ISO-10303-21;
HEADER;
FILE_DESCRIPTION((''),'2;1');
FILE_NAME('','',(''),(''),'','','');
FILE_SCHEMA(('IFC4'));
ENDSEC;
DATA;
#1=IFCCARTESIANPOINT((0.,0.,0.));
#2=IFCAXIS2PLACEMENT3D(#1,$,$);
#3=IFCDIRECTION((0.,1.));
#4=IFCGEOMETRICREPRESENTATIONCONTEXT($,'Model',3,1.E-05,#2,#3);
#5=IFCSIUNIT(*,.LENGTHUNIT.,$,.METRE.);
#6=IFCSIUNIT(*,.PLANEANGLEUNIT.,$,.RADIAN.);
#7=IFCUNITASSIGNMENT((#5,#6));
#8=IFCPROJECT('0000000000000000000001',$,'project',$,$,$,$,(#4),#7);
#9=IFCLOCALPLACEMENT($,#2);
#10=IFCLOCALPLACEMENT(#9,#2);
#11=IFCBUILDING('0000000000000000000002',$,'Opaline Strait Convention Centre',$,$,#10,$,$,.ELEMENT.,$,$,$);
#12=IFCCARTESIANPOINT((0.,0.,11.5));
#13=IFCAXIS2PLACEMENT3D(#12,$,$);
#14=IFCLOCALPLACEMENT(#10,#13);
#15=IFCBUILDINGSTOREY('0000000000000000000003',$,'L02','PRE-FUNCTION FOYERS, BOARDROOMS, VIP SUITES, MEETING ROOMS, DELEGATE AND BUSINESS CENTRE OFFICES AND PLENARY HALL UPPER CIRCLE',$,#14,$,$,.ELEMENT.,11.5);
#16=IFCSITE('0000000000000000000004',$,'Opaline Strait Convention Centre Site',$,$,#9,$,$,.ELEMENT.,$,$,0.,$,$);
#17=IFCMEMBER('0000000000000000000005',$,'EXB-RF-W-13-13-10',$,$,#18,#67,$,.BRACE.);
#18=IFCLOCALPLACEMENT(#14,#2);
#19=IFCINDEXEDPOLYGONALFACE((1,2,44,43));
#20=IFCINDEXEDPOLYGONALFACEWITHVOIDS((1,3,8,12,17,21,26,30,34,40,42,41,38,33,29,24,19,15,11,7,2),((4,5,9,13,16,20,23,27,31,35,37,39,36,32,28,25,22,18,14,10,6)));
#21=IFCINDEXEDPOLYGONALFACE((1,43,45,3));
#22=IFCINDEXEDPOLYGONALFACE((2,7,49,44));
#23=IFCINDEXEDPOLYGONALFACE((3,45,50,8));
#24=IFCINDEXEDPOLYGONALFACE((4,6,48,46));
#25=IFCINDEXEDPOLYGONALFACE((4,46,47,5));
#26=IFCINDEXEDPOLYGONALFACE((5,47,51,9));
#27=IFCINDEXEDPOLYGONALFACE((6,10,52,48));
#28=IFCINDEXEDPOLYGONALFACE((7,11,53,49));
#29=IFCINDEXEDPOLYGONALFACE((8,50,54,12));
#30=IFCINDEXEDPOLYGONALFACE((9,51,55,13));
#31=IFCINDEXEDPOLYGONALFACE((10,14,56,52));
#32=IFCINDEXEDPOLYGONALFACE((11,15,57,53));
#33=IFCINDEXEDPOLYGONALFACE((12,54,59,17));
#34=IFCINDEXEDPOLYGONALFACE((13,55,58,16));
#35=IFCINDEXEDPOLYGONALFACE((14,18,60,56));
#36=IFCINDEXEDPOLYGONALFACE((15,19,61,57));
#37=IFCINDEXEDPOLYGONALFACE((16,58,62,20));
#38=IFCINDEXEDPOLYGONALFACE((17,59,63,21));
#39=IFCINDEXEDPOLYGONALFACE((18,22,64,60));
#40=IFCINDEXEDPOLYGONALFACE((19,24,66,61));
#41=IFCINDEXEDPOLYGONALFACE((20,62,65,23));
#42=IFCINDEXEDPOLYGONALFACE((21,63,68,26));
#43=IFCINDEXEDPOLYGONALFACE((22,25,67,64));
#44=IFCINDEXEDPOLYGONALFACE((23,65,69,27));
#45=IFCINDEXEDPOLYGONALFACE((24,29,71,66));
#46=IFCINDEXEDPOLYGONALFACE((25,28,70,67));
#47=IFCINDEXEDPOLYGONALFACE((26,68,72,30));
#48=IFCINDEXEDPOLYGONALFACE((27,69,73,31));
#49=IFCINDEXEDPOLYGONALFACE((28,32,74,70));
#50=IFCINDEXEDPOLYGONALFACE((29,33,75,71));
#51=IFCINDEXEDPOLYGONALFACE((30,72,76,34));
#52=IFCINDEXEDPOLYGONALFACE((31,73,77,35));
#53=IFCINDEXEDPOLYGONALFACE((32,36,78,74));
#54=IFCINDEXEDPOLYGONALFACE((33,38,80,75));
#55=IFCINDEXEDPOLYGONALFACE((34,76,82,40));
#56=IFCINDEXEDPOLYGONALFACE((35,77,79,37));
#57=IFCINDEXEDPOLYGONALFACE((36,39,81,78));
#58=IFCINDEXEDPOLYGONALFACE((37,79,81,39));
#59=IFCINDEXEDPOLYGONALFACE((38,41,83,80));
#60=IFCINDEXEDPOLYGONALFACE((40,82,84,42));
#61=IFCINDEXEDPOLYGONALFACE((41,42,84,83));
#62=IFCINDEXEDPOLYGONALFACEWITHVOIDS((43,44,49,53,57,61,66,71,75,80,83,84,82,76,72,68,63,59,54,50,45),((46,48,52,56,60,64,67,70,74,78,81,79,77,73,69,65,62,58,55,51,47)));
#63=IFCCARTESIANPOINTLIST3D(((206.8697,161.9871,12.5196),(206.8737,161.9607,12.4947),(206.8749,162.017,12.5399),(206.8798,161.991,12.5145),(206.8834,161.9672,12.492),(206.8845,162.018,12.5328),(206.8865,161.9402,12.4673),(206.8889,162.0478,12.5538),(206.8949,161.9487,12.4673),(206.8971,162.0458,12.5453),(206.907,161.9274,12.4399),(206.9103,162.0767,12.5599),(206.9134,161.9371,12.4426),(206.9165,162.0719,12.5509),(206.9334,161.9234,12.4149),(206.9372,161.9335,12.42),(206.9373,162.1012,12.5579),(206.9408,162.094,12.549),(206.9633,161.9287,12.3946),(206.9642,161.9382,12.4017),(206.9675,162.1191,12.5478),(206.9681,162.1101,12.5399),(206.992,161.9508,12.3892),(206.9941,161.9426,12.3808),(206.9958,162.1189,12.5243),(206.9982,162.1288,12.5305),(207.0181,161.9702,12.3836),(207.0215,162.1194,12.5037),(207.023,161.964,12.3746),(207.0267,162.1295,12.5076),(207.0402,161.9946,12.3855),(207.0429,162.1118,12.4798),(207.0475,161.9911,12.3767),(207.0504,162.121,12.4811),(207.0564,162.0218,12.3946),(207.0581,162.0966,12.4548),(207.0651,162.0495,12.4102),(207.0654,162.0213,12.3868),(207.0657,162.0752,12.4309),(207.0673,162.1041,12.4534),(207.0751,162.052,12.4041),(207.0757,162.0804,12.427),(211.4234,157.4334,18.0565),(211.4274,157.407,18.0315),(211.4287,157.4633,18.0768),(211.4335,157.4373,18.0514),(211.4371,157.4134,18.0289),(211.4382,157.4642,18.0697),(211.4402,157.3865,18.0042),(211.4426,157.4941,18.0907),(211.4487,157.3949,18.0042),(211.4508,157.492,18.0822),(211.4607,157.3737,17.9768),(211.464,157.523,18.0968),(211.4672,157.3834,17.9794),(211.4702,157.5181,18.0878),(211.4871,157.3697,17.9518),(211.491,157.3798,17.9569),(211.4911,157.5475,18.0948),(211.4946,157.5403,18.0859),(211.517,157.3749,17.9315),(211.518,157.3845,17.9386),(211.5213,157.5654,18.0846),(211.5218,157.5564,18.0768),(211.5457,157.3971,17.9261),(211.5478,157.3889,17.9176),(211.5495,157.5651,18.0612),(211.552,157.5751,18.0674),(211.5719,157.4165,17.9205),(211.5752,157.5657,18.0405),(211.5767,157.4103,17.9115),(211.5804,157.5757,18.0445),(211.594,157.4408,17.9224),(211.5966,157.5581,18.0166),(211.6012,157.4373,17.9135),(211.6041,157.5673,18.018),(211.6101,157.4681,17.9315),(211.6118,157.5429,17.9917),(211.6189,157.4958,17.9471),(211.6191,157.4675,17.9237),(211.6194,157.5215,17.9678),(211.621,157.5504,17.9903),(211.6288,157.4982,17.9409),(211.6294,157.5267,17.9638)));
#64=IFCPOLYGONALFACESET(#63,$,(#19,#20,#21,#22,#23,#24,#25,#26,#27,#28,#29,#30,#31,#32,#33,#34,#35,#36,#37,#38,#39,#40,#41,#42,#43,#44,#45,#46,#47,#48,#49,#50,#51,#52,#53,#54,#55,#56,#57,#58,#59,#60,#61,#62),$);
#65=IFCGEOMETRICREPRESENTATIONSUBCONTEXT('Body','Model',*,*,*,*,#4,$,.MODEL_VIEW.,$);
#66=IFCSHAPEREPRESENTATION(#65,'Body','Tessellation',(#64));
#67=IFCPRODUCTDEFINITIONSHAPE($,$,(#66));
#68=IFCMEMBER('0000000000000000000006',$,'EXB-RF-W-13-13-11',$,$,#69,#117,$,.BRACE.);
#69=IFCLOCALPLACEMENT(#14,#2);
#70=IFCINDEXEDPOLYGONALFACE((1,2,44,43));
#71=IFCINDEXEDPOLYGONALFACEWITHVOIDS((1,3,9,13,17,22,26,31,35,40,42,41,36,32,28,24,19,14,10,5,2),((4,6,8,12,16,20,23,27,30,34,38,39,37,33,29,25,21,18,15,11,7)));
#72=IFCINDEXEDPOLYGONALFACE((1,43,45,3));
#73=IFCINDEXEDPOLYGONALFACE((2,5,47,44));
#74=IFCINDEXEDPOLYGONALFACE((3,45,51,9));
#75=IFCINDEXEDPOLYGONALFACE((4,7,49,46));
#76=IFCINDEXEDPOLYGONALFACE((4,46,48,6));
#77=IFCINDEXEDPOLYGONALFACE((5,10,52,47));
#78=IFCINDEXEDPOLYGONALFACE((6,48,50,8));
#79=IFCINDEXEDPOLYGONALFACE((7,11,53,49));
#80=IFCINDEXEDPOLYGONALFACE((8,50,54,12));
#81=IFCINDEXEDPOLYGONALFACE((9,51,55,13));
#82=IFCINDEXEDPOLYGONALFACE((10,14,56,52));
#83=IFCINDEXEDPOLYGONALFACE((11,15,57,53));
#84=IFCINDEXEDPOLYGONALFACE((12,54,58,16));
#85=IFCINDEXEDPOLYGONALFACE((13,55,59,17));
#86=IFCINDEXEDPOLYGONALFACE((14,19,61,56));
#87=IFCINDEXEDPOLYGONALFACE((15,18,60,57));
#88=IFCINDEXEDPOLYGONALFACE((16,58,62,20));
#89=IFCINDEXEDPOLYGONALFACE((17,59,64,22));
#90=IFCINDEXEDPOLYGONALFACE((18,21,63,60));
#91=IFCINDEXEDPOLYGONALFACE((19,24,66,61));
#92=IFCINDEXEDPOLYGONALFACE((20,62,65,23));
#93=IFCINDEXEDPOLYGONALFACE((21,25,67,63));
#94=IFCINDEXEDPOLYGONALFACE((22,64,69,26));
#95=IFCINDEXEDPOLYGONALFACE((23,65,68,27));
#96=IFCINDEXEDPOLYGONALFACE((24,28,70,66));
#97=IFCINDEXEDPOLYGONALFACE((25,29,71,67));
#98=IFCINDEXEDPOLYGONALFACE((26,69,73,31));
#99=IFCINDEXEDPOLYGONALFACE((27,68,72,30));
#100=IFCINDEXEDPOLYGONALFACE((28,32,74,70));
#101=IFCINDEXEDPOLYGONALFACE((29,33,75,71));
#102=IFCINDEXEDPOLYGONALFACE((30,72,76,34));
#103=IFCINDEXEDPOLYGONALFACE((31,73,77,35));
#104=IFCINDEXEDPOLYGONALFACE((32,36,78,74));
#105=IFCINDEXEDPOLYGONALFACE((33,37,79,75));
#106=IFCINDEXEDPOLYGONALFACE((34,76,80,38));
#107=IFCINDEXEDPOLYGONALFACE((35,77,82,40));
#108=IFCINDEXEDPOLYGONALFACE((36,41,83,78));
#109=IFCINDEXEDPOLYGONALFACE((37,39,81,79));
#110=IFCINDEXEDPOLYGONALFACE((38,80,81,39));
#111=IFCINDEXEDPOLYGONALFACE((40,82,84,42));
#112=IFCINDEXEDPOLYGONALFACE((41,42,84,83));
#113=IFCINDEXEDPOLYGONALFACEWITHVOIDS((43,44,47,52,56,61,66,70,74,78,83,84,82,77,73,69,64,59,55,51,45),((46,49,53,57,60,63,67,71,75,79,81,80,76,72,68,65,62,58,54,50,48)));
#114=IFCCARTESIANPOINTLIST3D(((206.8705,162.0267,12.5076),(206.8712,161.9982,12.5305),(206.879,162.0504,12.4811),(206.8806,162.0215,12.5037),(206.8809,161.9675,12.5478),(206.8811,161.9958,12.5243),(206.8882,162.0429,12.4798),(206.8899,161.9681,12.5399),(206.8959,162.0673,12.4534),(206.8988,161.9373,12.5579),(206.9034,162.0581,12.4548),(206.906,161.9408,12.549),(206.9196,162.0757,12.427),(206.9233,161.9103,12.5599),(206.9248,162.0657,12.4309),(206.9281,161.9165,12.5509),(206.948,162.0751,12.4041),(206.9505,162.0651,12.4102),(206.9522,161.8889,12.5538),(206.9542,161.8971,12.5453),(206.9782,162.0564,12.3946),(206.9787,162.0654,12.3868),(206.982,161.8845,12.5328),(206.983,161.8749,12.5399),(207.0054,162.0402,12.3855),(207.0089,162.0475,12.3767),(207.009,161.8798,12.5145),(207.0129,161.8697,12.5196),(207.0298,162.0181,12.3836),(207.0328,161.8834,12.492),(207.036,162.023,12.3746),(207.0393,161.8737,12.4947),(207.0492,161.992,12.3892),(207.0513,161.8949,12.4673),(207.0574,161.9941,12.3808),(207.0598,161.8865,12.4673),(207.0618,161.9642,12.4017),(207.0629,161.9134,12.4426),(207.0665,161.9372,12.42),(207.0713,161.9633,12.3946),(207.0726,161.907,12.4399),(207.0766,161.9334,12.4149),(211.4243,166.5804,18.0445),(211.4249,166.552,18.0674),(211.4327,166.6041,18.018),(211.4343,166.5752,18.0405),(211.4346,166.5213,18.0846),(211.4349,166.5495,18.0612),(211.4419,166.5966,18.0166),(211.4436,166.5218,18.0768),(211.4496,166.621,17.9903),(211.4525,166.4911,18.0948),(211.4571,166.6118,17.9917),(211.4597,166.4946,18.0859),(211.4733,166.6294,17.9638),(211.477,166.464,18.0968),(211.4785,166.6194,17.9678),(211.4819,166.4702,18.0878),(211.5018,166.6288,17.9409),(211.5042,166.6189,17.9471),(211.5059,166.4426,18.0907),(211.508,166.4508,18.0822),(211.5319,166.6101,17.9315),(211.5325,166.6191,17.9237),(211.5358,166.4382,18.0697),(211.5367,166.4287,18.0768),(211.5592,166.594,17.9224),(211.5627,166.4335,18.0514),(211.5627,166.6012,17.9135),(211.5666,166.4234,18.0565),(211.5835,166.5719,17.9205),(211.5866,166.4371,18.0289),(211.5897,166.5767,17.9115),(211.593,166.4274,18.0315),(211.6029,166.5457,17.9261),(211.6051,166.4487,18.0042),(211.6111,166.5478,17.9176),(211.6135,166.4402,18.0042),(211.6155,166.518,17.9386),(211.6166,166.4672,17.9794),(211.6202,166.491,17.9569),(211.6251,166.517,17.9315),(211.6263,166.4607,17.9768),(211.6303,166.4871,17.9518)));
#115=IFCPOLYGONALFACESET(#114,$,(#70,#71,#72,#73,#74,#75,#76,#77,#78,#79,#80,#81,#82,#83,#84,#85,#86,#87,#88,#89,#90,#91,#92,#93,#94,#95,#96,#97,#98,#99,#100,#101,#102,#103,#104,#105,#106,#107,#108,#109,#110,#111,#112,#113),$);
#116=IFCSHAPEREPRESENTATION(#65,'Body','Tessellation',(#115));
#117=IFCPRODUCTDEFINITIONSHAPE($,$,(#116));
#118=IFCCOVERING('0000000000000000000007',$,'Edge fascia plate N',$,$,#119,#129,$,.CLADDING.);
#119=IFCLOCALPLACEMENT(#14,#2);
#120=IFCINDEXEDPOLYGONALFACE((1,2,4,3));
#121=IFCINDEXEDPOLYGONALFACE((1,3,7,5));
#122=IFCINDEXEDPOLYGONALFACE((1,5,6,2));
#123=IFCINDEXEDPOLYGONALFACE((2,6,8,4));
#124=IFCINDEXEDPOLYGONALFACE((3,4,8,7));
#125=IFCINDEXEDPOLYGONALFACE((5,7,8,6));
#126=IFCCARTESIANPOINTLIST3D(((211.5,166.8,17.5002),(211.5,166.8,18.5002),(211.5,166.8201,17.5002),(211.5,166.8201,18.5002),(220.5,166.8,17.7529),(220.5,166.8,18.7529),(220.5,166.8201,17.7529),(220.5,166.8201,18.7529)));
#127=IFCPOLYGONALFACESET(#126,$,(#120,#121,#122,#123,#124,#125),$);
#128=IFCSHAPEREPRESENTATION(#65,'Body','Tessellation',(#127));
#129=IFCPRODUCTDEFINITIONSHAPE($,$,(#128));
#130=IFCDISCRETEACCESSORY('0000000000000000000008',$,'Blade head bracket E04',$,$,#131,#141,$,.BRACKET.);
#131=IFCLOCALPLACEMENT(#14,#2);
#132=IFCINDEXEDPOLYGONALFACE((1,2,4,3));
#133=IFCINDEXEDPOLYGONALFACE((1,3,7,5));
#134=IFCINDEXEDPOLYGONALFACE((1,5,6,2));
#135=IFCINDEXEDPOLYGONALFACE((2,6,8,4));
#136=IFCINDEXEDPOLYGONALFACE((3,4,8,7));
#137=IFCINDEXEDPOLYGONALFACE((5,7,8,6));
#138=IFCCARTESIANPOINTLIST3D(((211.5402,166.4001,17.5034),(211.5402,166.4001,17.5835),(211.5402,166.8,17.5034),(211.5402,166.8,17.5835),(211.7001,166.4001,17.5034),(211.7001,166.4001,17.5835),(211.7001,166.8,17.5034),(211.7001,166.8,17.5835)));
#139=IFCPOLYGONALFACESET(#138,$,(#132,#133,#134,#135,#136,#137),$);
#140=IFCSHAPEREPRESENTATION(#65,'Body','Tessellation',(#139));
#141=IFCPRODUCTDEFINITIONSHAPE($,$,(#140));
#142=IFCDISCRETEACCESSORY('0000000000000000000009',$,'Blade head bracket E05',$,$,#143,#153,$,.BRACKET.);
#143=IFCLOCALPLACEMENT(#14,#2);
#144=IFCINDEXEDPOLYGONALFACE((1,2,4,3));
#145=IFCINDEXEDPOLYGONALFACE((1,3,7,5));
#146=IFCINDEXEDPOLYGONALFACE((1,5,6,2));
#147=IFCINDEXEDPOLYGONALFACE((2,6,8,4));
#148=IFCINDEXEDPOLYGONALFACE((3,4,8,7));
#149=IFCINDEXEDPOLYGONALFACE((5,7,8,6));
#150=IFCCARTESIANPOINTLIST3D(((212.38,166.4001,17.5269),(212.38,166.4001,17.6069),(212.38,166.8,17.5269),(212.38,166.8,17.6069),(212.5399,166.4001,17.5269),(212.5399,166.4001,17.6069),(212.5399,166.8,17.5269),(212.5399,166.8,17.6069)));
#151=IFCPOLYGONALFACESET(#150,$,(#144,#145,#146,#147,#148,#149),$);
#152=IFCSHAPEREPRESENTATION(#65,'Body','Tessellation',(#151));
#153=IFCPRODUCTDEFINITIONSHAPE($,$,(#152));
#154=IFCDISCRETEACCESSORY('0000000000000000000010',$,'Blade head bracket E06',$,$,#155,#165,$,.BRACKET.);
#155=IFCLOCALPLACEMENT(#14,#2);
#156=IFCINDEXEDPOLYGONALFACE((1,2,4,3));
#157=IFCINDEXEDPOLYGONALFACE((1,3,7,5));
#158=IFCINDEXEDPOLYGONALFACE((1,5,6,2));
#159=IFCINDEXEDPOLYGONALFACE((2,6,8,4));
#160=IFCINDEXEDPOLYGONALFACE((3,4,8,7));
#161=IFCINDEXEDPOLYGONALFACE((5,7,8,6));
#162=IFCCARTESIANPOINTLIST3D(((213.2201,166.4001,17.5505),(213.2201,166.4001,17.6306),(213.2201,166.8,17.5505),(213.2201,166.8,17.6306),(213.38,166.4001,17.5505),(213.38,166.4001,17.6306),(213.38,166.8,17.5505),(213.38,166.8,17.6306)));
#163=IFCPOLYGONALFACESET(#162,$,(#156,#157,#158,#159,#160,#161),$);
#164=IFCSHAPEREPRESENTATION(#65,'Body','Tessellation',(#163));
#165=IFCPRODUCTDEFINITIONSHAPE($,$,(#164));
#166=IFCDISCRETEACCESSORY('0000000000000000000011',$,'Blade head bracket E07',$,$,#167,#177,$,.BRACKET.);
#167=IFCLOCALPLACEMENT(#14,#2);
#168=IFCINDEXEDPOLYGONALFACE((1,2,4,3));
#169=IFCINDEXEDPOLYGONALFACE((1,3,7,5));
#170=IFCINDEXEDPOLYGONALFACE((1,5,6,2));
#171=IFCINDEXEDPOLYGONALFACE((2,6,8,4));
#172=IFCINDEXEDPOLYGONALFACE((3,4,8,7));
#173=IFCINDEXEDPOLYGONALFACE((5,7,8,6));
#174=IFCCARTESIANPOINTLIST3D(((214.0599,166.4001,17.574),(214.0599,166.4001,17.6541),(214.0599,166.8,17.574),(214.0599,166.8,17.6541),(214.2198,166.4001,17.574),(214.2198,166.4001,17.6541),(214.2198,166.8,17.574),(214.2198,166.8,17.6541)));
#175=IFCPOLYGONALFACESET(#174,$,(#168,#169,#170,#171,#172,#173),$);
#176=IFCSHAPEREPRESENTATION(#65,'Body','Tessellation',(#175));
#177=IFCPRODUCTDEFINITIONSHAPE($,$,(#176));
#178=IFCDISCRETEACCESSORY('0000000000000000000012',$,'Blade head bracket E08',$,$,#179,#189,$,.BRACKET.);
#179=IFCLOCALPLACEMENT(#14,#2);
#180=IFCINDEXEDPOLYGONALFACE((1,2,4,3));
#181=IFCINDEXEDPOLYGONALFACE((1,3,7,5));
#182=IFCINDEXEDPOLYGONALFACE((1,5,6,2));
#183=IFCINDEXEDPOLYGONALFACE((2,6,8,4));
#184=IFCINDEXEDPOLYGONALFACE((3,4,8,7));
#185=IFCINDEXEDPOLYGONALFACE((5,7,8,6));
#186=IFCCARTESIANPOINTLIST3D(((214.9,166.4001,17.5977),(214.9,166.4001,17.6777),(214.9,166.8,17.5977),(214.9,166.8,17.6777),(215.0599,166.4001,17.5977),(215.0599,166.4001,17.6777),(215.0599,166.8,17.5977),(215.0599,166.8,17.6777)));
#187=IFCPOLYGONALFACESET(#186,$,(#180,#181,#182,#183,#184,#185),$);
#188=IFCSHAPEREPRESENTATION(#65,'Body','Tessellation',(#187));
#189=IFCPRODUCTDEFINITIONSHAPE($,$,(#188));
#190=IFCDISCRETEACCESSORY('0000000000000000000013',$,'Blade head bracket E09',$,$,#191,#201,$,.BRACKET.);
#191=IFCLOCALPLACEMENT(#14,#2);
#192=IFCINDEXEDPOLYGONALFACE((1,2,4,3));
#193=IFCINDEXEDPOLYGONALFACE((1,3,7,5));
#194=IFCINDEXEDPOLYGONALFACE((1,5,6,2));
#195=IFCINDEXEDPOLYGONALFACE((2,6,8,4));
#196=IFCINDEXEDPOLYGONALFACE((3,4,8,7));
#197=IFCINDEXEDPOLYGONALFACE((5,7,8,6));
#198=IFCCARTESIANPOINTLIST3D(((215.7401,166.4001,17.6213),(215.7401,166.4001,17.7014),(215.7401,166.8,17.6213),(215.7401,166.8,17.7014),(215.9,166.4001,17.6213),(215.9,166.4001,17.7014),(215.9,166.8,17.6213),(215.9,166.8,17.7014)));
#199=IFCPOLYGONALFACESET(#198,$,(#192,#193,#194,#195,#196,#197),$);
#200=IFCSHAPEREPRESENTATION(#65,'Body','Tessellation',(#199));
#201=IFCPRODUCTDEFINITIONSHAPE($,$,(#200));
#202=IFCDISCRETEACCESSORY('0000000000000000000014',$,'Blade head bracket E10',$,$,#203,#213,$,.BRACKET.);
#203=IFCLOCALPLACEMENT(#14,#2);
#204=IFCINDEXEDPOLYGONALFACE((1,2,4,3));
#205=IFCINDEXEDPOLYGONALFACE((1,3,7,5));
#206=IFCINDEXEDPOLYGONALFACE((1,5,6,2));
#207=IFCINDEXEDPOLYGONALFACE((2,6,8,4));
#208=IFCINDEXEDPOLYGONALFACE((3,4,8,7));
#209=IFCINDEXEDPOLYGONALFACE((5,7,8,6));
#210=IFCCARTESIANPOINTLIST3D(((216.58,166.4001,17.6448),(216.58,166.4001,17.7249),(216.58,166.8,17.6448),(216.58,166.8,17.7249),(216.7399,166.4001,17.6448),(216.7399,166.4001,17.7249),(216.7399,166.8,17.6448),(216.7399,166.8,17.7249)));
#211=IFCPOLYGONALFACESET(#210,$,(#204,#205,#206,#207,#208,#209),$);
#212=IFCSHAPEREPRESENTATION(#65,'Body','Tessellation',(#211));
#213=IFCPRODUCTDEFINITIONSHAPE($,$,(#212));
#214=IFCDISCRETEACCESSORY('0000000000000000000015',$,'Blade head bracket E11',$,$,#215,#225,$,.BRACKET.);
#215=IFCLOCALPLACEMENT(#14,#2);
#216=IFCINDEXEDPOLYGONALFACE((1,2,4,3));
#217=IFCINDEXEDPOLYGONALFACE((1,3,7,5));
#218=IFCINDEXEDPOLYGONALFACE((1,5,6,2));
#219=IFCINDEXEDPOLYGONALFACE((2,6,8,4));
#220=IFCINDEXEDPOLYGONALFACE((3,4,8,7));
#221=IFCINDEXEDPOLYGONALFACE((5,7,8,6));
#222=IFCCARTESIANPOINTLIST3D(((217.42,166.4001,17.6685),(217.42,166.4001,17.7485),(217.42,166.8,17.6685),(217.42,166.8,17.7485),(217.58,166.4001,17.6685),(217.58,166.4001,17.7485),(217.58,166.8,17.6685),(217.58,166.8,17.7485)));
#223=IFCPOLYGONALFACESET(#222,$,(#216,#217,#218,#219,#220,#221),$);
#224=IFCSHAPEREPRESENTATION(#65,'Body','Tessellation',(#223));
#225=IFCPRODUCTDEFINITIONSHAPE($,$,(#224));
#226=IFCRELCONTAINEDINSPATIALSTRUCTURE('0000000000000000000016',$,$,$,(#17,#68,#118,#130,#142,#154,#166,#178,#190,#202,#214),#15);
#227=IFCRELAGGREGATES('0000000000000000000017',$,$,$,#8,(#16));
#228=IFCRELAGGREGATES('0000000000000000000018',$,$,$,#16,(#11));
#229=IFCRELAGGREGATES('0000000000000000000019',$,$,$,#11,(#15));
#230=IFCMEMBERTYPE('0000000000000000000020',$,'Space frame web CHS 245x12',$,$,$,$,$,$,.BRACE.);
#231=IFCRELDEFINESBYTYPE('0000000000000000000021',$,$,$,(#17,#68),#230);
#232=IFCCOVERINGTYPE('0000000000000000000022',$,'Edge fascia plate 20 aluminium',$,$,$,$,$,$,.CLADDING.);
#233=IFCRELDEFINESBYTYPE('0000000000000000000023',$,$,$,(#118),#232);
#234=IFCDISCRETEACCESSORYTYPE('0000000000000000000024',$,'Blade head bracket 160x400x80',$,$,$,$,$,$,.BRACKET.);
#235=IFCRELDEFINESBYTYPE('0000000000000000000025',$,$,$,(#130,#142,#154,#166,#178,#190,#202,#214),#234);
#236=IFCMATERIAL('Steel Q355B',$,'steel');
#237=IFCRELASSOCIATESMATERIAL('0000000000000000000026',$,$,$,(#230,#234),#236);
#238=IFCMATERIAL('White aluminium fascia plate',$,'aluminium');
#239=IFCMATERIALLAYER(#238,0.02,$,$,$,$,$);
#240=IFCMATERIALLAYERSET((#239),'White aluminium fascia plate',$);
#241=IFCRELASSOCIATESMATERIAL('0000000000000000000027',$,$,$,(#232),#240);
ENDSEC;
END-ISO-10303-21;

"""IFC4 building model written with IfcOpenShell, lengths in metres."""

from ifc_helpers import new_model, si_unit, direction, frame, origin, origin_2d, place, context, subcontext, project, spatial, polyline, rectangle, hollow_circle, outline, extrude, material, layer, layer_set, material_profile, profile_set, type_object, element, save


model = new_model("IFC4")

# Units and contexts
model_context = context("Model", 3, precision=1e-05, world=origin(), true_north=direction((0.0, 1.0)))
body_context = subcontext(model_context, "Body", "Model", "MODEL_VIEW")
ifc_project = project(units=[si_unit("LENGTHUNIT", "METRE"), si_unit("PLANEANGLEUNIT", "RADIAN")], contexts=[model_context])

# Site, building, storey
site_placement = place(None, origin())
site = spatial("IfcSite", under=ifc_project, at=site_placement, Name="Opaline Strait Convention Centre Site", CompositionType="ELEMENT", RefElevation=0.0)
building_placement = place(site_placement, origin())
building = spatial("IfcBuilding", under=site, at=building_placement, Name="Opaline Strait Convention Centre", CompositionType="ELEMENT")
storey_placement = place(building_placement, frame((0.0, 0.0, 11.5)))
storey = spatial("IfcBuildingStorey", under=building, at=storey_placement, Name="L02", Description="PRE-FUNCTION FOYERS, BOARDROOMS, VIP SUITES, MEETING ROOMS, DELEGATE AND BUSINESS CENTRE OFFICES AND PLENARY HALL UPPER CIRCLE", CompositionType="ELEMENT", Elevation=11.5)

# Members
ifc_material_1 = material(Name="Steel Q355B", Category="steel")
ifc_material_profile_1 = material_profile(ifc_material_1, hollow_circle(Radius=0.1226, WallThickness=0.012, at=origin_2d()), Name="CHS 245x12")
ifc_profile_set_1 = profile_set([ifc_material_profile_1], Name="Steel Q355B")
member_type_1 = type_object("IfcMemberType", Name="Space frame web CHS 245x12", PredefinedType="BRACE", material=ifc_profile_set_1)
for number, where, z_axis, x_axis, name in (
    (1, (211.5269, 157.4731, 18.0042), (-0.536178, 0.536178, -0.65194), (-0.707107, -0.707107, 0.0), "EXB-RF-W-13-13-10"),
    (2, (211.5269, 166.5269, 18.0042), (-0.536178, -0.536178, -0.65194), (0.707107, -0.707107, 0.0), "EXB-RF-W-13-13-11"),
):
    element("IfcMember", number, at=place(storey_placement, frame(where, z_axis=z_axis, x_axis=x_axis)), inside=storey, type_object=member_type_1, Name=name, PredefinedType="BRACE", context=body_context, shape_type="SweptSolid", body=[
        extrude(hollow_circle(Radius=0.1226, WallThickness=0.012, at=origin_2d()), origin(), (0.0, 0.0, 1.0), 8.4929),
    ])

# Covering
ifc_material_2 = material(Name="White aluminium fascia plate", Category="aluminium")
ifc_layer = layer(ifc_material_2, 0.02)
ifc_layer_set = layer_set([ifc_layer], Name="White aluminium fascia plate")
covering_type = type_object("IfcCoveringType", Name="Edge fascia plate 20 aluminium", PredefinedType="CLADDING", material=ifc_layer_set)
covering_placement = place(storey_placement, frame((216.0, 166.8, 18.1265), z_axis=(0.0, 1.0, 0.0), x_axis=(-1.0, 0.0, 0.0)))
element("IfcCovering", 3, at=covering_placement, inside=storey, type_object=covering_type, Name="Edge fascia plate N", PredefinedType="CLADDING", context=body_context, shape_type="SweptSolid", body=[
    extrude(outline(polyline([(-4.5, 0.6265), (4.5, 0.3738), (4.5, -0.6262), (-4.5, -0.3735), (-4.5, 0.6265)])), origin(), (0.0, 0.0, 1.0), 0.02),
])

# Discrete accessories
discrete_accessory_type = type_object("IfcDiscreteAccessoryType", Name="Blade head bracket 160x400x80", PredefinedType="BRACKET", material=ifc_material_1)
for number, where, z_axis, x_axis, name in (
    (4, (211.6201, 166.6001, 17.5034), (0.0, 0.0, 1.0), (1.0, 0.0, 0.0), "Blade head bracket E04"),
    (5, (212.46, 166.6001, 17.5269), (0.0, 0.0, 1.0), (1.0, 0.0, 0.0), "Blade head bracket E05"),
    (6, (213.3, 166.6001, 17.5505), (0.0, 0.0, 1.0), (1.0, 0.0, 0.0), "Blade head bracket E06"),
    (7, (214.1399, 166.6001, 17.574), (0.0, 0.0, 1.0), (1.0, 0.0, 0.0), "Blade head bracket E07"),
    (8, (214.98, 166.6001, 17.5977), (0.0, 0.0, 1.0), (1.0, 0.0, 0.0), "Blade head bracket E08"),
    (9, (215.8201, 166.6001, 17.6213), (0.0, 0.0, 1.0), (1.0, 0.0, 0.0), "Blade head bracket E09"),
    (10, (216.6599, 166.6001, 17.6448), (0.0, 0.0, 1.0), (1.0, 0.0, 0.0), "Blade head bracket E10"),
    (11, (217.5, 166.6001, 17.6685), (0.0, 0.0, 1.0), (1.0, 0.0, 0.0), "Blade head bracket E11"),
):
    element("IfcDiscreteAccessory", number, at=place(storey_placement, frame(where, z_axis=z_axis, x_axis=x_axis)), inside=storey, type_object=discrete_accessory_type, Name=name, PredefinedType="BRACKET", context=body_context, shape_type="SweptSolid", body=[
        extrude(rectangle(XDim=0.1599, YDim=0.3999, at=origin_2d()), origin(), (0.0, 0.0, 1.0), 0.0801),
    ])

save(model, "model.ifc")
